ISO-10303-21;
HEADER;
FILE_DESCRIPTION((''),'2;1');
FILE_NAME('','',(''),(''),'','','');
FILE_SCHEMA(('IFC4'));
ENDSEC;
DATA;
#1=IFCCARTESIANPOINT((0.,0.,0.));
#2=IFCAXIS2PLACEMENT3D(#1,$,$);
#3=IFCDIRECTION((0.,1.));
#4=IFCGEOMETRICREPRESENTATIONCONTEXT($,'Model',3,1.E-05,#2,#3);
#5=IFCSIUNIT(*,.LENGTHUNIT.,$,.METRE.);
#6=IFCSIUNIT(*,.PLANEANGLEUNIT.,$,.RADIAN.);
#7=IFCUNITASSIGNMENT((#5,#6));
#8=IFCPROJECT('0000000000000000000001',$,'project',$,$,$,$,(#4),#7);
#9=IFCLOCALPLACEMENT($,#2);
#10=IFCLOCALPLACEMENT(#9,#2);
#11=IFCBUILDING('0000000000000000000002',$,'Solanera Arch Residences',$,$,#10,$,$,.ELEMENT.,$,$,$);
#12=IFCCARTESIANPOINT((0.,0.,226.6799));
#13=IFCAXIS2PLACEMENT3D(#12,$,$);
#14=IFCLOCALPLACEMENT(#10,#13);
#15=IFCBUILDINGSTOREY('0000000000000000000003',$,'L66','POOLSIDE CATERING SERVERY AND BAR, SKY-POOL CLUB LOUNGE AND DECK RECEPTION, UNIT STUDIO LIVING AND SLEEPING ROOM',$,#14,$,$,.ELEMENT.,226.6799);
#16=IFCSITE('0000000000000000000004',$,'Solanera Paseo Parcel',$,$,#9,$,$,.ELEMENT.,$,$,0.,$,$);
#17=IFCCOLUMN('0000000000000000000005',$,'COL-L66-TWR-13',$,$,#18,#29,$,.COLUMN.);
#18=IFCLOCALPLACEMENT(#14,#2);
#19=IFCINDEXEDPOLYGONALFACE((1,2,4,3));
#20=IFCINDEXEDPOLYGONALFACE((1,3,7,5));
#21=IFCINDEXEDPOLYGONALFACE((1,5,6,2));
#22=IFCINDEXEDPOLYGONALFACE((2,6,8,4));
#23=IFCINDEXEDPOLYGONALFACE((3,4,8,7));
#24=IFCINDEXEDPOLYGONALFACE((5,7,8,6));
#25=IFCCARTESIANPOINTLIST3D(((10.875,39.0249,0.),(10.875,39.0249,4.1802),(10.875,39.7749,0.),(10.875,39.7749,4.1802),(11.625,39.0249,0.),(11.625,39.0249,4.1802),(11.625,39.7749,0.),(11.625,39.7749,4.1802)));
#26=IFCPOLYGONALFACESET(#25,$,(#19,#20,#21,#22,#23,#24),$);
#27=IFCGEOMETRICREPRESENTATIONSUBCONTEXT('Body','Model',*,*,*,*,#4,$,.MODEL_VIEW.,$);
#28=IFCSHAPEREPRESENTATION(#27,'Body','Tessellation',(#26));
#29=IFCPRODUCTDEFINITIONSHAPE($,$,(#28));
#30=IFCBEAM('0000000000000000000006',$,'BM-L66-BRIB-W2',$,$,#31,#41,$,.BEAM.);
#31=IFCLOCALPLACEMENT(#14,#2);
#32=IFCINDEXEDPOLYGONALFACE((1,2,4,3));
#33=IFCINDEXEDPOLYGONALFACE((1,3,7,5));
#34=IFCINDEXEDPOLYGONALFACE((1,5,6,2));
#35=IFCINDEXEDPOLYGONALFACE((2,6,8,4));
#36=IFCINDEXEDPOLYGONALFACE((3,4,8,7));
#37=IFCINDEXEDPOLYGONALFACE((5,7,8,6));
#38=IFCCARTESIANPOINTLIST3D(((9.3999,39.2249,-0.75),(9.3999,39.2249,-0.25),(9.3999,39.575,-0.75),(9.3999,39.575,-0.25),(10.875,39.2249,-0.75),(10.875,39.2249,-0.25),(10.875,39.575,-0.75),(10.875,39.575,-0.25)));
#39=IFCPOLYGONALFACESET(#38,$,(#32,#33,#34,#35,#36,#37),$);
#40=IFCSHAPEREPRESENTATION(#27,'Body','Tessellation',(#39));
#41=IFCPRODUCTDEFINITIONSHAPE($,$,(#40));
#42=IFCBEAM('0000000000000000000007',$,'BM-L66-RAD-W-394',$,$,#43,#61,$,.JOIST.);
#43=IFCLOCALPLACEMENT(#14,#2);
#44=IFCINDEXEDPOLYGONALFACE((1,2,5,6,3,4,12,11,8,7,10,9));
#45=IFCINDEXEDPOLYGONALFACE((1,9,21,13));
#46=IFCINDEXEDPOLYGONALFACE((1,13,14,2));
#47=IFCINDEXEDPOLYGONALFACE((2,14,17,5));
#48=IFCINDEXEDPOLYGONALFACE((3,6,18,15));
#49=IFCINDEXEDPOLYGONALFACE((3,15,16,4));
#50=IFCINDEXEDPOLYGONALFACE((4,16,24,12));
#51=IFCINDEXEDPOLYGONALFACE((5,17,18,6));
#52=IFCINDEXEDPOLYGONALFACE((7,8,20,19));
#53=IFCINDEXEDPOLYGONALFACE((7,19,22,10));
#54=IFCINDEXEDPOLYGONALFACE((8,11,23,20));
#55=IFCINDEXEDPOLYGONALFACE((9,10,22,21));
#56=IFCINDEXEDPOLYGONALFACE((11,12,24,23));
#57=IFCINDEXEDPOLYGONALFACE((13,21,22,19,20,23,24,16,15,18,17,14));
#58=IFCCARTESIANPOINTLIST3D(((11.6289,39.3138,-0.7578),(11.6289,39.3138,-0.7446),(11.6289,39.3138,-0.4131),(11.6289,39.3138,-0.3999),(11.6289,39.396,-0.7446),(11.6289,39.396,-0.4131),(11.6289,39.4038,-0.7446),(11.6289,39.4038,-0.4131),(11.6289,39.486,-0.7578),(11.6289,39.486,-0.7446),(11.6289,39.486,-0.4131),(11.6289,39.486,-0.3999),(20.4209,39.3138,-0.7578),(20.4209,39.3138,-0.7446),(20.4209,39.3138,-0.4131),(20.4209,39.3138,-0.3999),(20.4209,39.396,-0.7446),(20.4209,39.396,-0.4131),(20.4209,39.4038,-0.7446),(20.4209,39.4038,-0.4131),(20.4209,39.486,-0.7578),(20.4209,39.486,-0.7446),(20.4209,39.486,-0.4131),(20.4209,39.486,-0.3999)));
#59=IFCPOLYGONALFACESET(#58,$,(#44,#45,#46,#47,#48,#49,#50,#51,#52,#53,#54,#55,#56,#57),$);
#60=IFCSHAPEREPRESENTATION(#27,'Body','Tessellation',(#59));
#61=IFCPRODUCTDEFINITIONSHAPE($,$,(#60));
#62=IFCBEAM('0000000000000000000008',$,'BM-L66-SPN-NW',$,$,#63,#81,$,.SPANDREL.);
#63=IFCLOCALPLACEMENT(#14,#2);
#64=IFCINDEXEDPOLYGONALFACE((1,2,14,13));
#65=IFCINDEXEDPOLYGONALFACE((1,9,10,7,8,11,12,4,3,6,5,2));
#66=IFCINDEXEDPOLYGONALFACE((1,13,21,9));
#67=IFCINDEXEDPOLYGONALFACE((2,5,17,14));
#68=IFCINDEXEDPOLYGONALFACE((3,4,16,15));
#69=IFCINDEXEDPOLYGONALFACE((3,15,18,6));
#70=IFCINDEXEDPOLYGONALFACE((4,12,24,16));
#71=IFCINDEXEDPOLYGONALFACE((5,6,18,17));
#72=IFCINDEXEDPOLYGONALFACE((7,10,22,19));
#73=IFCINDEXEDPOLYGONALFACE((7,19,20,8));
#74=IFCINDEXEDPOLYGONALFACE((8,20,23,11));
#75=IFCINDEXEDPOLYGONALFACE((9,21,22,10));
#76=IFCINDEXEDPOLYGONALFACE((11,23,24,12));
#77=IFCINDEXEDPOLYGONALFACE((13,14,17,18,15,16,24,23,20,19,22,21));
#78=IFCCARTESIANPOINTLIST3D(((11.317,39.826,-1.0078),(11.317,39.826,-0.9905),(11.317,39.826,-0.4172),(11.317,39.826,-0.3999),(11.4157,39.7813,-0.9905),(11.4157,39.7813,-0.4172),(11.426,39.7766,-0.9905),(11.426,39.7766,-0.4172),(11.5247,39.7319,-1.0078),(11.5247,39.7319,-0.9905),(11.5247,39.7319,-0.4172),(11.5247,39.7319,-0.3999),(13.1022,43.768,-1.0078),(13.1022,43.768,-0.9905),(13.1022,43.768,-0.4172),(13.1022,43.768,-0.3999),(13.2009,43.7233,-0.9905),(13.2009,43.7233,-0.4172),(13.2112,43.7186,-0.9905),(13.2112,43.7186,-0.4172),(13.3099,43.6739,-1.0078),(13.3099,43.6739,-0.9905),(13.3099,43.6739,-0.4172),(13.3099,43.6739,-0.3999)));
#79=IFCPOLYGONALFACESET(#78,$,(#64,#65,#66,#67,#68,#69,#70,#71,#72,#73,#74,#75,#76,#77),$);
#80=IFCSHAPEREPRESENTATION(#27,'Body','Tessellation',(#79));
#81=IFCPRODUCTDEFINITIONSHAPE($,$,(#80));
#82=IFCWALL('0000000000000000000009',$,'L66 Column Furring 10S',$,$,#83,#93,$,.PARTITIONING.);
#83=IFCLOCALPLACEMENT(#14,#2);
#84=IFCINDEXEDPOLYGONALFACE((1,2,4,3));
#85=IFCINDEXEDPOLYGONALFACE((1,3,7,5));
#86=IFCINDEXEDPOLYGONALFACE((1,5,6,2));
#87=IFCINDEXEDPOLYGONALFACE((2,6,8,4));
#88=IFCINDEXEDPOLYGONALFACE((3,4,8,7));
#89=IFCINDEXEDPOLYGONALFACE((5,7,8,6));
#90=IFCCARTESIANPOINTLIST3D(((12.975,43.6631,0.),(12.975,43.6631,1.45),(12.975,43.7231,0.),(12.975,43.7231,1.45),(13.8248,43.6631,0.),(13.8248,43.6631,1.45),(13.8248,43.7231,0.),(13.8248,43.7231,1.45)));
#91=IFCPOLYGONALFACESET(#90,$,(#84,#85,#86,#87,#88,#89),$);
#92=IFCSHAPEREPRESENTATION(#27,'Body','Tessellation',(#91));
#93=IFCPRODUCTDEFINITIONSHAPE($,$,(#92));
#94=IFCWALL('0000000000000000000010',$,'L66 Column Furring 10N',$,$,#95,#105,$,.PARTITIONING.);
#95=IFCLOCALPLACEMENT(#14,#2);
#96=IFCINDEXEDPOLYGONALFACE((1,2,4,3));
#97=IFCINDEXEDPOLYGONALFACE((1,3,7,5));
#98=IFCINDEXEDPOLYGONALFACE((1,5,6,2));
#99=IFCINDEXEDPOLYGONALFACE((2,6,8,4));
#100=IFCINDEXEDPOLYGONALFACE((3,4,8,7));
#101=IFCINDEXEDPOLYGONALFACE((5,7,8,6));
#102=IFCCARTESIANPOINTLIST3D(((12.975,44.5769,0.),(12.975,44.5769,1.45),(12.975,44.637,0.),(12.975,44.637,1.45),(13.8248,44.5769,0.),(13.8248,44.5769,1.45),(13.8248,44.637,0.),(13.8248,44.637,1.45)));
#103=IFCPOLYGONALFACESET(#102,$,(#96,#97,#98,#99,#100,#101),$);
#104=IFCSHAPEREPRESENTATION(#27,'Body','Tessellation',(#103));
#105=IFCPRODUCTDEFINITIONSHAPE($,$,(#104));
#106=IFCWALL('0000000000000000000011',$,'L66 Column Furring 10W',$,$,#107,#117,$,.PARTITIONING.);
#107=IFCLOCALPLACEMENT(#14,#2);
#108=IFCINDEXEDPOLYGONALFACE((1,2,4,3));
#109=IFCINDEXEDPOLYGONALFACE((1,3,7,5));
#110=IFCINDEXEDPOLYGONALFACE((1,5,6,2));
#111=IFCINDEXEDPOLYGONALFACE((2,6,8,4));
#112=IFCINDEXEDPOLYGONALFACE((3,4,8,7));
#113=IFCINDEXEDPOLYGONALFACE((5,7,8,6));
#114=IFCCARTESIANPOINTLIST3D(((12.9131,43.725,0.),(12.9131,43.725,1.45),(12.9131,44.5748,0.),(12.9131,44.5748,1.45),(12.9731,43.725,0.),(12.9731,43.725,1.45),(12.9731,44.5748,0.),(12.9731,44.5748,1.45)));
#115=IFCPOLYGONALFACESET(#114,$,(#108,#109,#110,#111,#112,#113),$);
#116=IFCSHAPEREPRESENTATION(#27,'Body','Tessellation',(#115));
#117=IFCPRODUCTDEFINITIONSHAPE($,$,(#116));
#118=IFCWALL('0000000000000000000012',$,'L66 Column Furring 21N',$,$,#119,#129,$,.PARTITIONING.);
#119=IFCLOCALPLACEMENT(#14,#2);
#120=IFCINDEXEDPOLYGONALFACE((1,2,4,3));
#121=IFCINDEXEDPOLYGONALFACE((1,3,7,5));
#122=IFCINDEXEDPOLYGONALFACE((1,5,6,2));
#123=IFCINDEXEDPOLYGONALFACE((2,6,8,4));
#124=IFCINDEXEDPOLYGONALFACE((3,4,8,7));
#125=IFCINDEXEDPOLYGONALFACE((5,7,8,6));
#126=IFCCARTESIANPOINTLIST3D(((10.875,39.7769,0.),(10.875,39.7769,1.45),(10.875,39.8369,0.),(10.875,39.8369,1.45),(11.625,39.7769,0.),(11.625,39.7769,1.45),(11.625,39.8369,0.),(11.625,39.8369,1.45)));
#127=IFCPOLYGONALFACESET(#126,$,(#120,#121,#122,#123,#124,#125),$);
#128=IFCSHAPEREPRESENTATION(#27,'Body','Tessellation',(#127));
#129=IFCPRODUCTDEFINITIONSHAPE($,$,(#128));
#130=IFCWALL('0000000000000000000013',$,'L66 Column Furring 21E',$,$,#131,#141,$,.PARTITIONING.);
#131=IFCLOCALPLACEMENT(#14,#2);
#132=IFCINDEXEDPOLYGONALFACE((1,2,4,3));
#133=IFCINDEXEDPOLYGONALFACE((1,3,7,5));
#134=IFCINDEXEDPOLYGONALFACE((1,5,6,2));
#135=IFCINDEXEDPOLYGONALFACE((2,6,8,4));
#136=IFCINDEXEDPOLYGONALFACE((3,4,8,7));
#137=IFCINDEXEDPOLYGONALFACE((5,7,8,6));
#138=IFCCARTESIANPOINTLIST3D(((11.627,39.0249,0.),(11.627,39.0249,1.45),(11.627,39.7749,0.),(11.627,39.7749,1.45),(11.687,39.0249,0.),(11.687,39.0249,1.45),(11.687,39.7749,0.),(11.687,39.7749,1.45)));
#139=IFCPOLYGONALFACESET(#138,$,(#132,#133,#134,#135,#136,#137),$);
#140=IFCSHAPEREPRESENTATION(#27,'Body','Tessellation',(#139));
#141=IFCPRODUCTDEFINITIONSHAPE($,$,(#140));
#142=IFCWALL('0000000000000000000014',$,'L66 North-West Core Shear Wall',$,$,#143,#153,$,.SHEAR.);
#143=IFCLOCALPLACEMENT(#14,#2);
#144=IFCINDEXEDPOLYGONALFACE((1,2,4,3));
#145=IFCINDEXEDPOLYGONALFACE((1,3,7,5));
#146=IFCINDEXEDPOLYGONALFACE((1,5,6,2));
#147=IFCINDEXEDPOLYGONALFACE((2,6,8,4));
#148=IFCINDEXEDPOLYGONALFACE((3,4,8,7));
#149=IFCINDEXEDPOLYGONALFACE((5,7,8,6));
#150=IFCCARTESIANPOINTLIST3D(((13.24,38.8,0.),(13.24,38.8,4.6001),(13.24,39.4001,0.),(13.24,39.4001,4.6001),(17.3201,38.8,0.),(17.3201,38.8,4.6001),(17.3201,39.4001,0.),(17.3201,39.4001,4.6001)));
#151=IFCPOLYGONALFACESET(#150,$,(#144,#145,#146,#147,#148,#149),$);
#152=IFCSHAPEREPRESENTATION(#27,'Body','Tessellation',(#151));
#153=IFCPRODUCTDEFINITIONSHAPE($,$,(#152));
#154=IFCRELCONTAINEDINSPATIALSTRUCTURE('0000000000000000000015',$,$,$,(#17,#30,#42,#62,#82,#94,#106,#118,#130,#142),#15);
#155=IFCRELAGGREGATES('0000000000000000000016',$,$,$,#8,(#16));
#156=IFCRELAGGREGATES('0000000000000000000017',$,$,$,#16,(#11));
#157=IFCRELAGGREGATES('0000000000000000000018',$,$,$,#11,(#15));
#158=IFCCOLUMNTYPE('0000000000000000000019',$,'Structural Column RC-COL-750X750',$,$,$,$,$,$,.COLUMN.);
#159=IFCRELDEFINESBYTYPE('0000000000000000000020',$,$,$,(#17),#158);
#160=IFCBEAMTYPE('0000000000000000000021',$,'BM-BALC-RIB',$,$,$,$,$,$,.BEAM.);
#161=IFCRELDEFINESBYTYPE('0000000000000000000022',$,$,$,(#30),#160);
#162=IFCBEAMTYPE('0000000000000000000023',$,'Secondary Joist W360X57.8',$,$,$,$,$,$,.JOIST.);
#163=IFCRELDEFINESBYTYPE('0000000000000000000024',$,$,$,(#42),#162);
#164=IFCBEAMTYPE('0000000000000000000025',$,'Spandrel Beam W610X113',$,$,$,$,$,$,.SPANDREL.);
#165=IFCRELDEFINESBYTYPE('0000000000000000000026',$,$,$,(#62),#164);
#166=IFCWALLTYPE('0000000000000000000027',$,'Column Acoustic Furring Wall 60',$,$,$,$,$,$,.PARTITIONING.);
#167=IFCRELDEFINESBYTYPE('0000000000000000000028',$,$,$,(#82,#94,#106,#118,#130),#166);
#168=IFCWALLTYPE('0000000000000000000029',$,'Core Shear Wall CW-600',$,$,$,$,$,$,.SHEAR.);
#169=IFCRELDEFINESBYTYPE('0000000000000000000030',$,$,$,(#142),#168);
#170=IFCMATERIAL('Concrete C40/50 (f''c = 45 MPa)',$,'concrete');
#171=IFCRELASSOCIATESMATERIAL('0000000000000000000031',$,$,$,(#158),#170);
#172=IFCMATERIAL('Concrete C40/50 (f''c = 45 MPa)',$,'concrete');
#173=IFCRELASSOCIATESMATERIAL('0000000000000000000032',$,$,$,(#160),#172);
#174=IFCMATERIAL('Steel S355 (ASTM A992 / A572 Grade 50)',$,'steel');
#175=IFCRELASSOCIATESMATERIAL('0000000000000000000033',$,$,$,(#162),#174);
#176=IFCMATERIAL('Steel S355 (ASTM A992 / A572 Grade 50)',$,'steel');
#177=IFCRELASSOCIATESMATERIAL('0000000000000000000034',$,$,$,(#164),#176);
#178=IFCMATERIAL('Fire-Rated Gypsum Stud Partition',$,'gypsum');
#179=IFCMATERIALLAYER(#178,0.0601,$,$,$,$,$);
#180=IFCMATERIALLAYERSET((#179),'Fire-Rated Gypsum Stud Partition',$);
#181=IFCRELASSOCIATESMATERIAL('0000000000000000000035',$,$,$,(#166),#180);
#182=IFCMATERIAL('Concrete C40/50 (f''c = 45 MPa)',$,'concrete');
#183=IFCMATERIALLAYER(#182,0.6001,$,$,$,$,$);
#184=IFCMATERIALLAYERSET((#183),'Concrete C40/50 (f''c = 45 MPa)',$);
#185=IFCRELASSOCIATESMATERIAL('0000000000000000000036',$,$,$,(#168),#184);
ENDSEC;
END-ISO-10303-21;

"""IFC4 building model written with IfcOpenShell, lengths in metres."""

from ifc_helpers import new_model, si_unit, direction, frame, frame_2d, origin, origin_2d, place, context, subcontext, project, spatial, rectangle, i_section, extrude, material, layer, layer_set, material_profile, profile_set, type_object, element, save


model = new_model("IFC4")

# Units and contexts
model_context = context("Model", 3, precision=1e-05, world=origin(), true_north=direction((0.0, 1.0)))
body_context = subcontext(model_context, "Body", "Model", "MODEL_VIEW")
ifc_project = project(units=[si_unit("LENGTHUNIT", "METRE"), si_unit("PLANEANGLEUNIT", "RADIAN")], contexts=[model_context])

# Site, building, storey
site_placement = place(None, origin())
site = spatial("IfcSite", under=ifc_project, at=site_placement, Name="Solanera Paseo Parcel", CompositionType="ELEMENT", RefElevation=0.0)
building_placement = place(site_placement, origin())
building = spatial("IfcBuilding", under=site, at=building_placement, Name="Solanera Arch Residences", CompositionType="ELEMENT")
storey_placement = place(building_placement, frame((0.0, 0.0, 226.6799)))
storey = spatial("IfcBuildingStorey", under=building, at=storey_placement, Name="L66", Description="POOLSIDE CATERING SERVERY AND BAR, SKY-POOL CLUB LOUNGE AND DECK RECEPTION, UNIT STUDIO LIVING AND SLEEPING ROOM", CompositionType="ELEMENT", Elevation=226.6799)

# Column
ifc_material_1 = material(Name="Concrete C40/50 (f'c = 45 MPa)", Category="concrete")
ifc_material_profile_1 = material_profile(ifc_material_1, rectangle(XDim=0.75, YDim=0.75, at=origin_2d()))
ifc_profile_set_1 = profile_set([ifc_material_profile_1], Name="Concrete C40/50 (f'c = 45 MPa)")
column_type = type_object("IfcColumnType", Name="Structural Column RC-COL-750X750", PredefinedType="COLUMN", material=ifc_profile_set_1)
column_placement = place(storey_placement, frame((11.25, 39.3999, 0.0), z_axis=(0.0, 0.0, 1.0), x_axis=(1.0, 0.0, 0.0)))
element("IfcColumn", 1, at=column_placement, inside=storey, type_object=column_type, Name="COL-L66-TWR-13", PredefinedType="COLUMN", context=body_context, shape_type="SweptSolid", body=[
    extrude(rectangle(XDim=0.75, YDim=0.75, at=origin_2d()), origin(), (0.0, 0.0, 1.0), 4.1802),
])

# Beams
ifc_material_2 = material(Name="Concrete C40/50 (f'c = 45 MPa)", Category="concrete")
ifc_material_profile_2 = material_profile(ifc_material_2, rectangle(XDim=0.3501, YDim=0.5, at=origin_2d()))
ifc_profile_set_2 = profile_set([ifc_material_profile_2], Name="Concrete C40/50 (f'c = 45 MPa)")
beam_type_1 = type_object("IfcBeamType", Name="BM-BALC-RIB", PredefinedType="BEAM", material=ifc_profile_set_2)
beam_1_placement = place(storey_placement, frame((9.3999, 39.3999, -0.5), z_axis=(1.0, 0.0, 0.0), x_axis=(0.0, 1.0, 0.0)))
element("IfcBeam", 2, at=beam_1_placement, inside=storey, type_object=beam_type_1, Name="BM-L66-BRIB-W2", PredefinedType="BEAM", context=body_context, shape_type="SweptSolid", body=[
    extrude(rectangle(XDim=0.3501, YDim=0.5, at=origin_2d()), origin(), (0.0, 0.0, 1.0), 1.4751),
])
ifc_material_3 = material(Name="Steel S355 (ASTM A992 / A572 Grade 50)", Category="steel")
ifc_material_profile_3 = material_profile(ifc_material_3, i_section(OverallWidth=0.1721, OverallDepth=0.3579, WebThickness=0.0078, FlangeThickness=0.0132, at=origin_2d()))
ifc_profile_set_3 = profile_set([ifc_material_profile_3], Name="Steel S355 (ASTM A992 / A572 Grade 50)")
beam_type_2 = type_object("IfcBeamType", Name="Secondary Joist W360X57.8", PredefinedType="JOIST", material=ifc_profile_set_3)
beam_2_placement = place(storey_placement, frame((11.6289, 39.3999, -0.5789), z_axis=(1.0, 0.0, 0.0), x_axis=(0.0, 1.0, 0.0)))
element("IfcBeam", 3, at=beam_2_placement, inside=storey, type_object=beam_type_2, Name="BM-L66-RAD-W-394", PredefinedType="JOIST", context=body_context, shape_type="SweptSolid", body=[
    extrude(i_section(OverallWidth=0.1721, OverallDepth=0.3579, WebThickness=0.0078, FlangeThickness=0.0132, at=origin_2d()), origin(), (0.0, 0.0, 1.0), 8.792),
])
ifc_material_4 = material(Name="Steel S355 (ASTM A992 / A572 Grade 50)", Category="steel")
ifc_material_profile_4 = material_profile(ifc_material_4, i_section(OverallWidth=0.228, OverallDepth=0.6079, WebThickness=0.0112, FlangeThickness=0.0173, at=origin_2d()))
ifc_profile_set_4 = profile_set([ifc_material_profile_4], Name="Steel S355 (ASTM A992 / A572 Grade 50)")
beam_type_3 = type_object("IfcBeamType", Name="Spandrel Beam W610X113", PredefinedType="SPANDREL", material=ifc_profile_set_4)
beam_3_placement = place(storey_placement, frame((13.2061, 43.7209, -0.7039), z_axis=(-0.412536, -0.910941, 0.0), x_axis=(0.910941, -0.412536, 0.0)))
element("IfcBeam", 4, at=beam_3_placement, inside=storey, type_object=beam_type_3, Name="BM-L66-SPN-NW", PredefinedType="SPANDREL", context=body_context, shape_type="SweptSolid", body=[
    extrude(i_section(OverallWidth=0.228, OverallDepth=0.6079, WebThickness=0.0112, FlangeThickness=0.0173, at=origin_2d()), origin(), (0.0, 0.0, 1.0), 4.3274),
])

# Walls
ifc_material_5 = material(Name="Fire-Rated Gypsum Stud Partition", Category="gypsum")
ifc_layer_1 = layer(ifc_material_5, 0.0601)
ifc_layer_set_1 = layer_set([ifc_layer_1], Name="Fire-Rated Gypsum Stud Partition")
wall_type_1 = type_object("IfcWallType", Name="Column Acoustic Furring Wall 60", PredefinedType="PARTITIONING", material=ifc_layer_set_1)
for number, where, z_axis, x_axis, name in (
    (5, (12.9751, 43.6931, 0.0), (0.0, 0.0, 1.0), (1.0, 0.0, 0.0), "L66 Column Furring 10S"),
    (6, (12.9751, 44.6069, 0.0), (0.0, 0.0, 1.0), (1.0, 0.0, 0.0), "L66 Column Furring 10N"),
    (7, (12.9431, 43.7251, 0.0), (0.0, 0.0, 1.0), (0.0, 1.0, 0.0), "L66 Column Furring 10W"),
):
    element("IfcWall", number, at=place(storey_placement, frame(where, z_axis=z_axis, x_axis=x_axis)), inside=storey, type_object=wall_type_1, Name=name, PredefinedType="PARTITIONING", context=body_context, shape_type="SweptSolid", body=[
        extrude(rectangle(XDim=0.8499, YDim=0.0601, at=frame_2d((0.4248, 0.0))), origin(), (0.0, 0.0, 1.0), 1.45),
    ])
for number, where, z_axis, x_axis, name in (
    (8, (10.875, 39.8069, 0.0), (0.0, 0.0, 1.0), (1.0, 0.0, 0.0), "L66 Column Furring 21N"),
    (9, (11.657, 39.0249, 0.0), (0.0, 0.0, 1.0), (0.0, 1.0, 0.0), "L66 Column Furring 21E"),
):
    element("IfcWall", number, at=place(storey_placement, frame(where, z_axis=z_axis, x_axis=x_axis)), inside=storey, type_object=wall_type_1, Name=name, PredefinedType="PARTITIONING", context=body_context, shape_type="SweptSolid", body=[
        extrude(rectangle(XDim=0.75, YDim=0.0601, at=frame_2d((0.375, 0.0))), origin(), (0.0, 0.0, 1.0), 1.45),
    ])
ifc_material_6 = material(Name="Concrete C40/50 (f'c = 45 MPa)", Category="concrete")
ifc_layer_2 = layer(ifc_material_6, 0.6001)
ifc_layer_set_2 = layer_set([ifc_layer_2], Name="Concrete C40/50 (f'c = 45 MPa)")
wall_type_2 = type_object("IfcWallType", Name="Core Shear Wall CW-600", PredefinedType="SHEAR", material=ifc_layer_set_2)
wall_1_placement = place(storey_placement, frame((13.24, 39.1001, 0.0), z_axis=(0.0, 0.0, 1.0), x_axis=(1.0, 0.0, 0.0)))
element("IfcWall", 10, at=wall_1_placement, inside=storey, type_object=wall_type_2, Name="L66 North-West Core Shear Wall", PredefinedType="SHEAR", context=body_context, shape_type="SweptSolid", body=[
    extrude(rectangle(XDim=4.0801, YDim=0.6001, at=frame_2d((2.04, 0.0))), origin(), (0.0, 0.0, 1.0), 4.6001),
])

save(model, "model.ifc")
